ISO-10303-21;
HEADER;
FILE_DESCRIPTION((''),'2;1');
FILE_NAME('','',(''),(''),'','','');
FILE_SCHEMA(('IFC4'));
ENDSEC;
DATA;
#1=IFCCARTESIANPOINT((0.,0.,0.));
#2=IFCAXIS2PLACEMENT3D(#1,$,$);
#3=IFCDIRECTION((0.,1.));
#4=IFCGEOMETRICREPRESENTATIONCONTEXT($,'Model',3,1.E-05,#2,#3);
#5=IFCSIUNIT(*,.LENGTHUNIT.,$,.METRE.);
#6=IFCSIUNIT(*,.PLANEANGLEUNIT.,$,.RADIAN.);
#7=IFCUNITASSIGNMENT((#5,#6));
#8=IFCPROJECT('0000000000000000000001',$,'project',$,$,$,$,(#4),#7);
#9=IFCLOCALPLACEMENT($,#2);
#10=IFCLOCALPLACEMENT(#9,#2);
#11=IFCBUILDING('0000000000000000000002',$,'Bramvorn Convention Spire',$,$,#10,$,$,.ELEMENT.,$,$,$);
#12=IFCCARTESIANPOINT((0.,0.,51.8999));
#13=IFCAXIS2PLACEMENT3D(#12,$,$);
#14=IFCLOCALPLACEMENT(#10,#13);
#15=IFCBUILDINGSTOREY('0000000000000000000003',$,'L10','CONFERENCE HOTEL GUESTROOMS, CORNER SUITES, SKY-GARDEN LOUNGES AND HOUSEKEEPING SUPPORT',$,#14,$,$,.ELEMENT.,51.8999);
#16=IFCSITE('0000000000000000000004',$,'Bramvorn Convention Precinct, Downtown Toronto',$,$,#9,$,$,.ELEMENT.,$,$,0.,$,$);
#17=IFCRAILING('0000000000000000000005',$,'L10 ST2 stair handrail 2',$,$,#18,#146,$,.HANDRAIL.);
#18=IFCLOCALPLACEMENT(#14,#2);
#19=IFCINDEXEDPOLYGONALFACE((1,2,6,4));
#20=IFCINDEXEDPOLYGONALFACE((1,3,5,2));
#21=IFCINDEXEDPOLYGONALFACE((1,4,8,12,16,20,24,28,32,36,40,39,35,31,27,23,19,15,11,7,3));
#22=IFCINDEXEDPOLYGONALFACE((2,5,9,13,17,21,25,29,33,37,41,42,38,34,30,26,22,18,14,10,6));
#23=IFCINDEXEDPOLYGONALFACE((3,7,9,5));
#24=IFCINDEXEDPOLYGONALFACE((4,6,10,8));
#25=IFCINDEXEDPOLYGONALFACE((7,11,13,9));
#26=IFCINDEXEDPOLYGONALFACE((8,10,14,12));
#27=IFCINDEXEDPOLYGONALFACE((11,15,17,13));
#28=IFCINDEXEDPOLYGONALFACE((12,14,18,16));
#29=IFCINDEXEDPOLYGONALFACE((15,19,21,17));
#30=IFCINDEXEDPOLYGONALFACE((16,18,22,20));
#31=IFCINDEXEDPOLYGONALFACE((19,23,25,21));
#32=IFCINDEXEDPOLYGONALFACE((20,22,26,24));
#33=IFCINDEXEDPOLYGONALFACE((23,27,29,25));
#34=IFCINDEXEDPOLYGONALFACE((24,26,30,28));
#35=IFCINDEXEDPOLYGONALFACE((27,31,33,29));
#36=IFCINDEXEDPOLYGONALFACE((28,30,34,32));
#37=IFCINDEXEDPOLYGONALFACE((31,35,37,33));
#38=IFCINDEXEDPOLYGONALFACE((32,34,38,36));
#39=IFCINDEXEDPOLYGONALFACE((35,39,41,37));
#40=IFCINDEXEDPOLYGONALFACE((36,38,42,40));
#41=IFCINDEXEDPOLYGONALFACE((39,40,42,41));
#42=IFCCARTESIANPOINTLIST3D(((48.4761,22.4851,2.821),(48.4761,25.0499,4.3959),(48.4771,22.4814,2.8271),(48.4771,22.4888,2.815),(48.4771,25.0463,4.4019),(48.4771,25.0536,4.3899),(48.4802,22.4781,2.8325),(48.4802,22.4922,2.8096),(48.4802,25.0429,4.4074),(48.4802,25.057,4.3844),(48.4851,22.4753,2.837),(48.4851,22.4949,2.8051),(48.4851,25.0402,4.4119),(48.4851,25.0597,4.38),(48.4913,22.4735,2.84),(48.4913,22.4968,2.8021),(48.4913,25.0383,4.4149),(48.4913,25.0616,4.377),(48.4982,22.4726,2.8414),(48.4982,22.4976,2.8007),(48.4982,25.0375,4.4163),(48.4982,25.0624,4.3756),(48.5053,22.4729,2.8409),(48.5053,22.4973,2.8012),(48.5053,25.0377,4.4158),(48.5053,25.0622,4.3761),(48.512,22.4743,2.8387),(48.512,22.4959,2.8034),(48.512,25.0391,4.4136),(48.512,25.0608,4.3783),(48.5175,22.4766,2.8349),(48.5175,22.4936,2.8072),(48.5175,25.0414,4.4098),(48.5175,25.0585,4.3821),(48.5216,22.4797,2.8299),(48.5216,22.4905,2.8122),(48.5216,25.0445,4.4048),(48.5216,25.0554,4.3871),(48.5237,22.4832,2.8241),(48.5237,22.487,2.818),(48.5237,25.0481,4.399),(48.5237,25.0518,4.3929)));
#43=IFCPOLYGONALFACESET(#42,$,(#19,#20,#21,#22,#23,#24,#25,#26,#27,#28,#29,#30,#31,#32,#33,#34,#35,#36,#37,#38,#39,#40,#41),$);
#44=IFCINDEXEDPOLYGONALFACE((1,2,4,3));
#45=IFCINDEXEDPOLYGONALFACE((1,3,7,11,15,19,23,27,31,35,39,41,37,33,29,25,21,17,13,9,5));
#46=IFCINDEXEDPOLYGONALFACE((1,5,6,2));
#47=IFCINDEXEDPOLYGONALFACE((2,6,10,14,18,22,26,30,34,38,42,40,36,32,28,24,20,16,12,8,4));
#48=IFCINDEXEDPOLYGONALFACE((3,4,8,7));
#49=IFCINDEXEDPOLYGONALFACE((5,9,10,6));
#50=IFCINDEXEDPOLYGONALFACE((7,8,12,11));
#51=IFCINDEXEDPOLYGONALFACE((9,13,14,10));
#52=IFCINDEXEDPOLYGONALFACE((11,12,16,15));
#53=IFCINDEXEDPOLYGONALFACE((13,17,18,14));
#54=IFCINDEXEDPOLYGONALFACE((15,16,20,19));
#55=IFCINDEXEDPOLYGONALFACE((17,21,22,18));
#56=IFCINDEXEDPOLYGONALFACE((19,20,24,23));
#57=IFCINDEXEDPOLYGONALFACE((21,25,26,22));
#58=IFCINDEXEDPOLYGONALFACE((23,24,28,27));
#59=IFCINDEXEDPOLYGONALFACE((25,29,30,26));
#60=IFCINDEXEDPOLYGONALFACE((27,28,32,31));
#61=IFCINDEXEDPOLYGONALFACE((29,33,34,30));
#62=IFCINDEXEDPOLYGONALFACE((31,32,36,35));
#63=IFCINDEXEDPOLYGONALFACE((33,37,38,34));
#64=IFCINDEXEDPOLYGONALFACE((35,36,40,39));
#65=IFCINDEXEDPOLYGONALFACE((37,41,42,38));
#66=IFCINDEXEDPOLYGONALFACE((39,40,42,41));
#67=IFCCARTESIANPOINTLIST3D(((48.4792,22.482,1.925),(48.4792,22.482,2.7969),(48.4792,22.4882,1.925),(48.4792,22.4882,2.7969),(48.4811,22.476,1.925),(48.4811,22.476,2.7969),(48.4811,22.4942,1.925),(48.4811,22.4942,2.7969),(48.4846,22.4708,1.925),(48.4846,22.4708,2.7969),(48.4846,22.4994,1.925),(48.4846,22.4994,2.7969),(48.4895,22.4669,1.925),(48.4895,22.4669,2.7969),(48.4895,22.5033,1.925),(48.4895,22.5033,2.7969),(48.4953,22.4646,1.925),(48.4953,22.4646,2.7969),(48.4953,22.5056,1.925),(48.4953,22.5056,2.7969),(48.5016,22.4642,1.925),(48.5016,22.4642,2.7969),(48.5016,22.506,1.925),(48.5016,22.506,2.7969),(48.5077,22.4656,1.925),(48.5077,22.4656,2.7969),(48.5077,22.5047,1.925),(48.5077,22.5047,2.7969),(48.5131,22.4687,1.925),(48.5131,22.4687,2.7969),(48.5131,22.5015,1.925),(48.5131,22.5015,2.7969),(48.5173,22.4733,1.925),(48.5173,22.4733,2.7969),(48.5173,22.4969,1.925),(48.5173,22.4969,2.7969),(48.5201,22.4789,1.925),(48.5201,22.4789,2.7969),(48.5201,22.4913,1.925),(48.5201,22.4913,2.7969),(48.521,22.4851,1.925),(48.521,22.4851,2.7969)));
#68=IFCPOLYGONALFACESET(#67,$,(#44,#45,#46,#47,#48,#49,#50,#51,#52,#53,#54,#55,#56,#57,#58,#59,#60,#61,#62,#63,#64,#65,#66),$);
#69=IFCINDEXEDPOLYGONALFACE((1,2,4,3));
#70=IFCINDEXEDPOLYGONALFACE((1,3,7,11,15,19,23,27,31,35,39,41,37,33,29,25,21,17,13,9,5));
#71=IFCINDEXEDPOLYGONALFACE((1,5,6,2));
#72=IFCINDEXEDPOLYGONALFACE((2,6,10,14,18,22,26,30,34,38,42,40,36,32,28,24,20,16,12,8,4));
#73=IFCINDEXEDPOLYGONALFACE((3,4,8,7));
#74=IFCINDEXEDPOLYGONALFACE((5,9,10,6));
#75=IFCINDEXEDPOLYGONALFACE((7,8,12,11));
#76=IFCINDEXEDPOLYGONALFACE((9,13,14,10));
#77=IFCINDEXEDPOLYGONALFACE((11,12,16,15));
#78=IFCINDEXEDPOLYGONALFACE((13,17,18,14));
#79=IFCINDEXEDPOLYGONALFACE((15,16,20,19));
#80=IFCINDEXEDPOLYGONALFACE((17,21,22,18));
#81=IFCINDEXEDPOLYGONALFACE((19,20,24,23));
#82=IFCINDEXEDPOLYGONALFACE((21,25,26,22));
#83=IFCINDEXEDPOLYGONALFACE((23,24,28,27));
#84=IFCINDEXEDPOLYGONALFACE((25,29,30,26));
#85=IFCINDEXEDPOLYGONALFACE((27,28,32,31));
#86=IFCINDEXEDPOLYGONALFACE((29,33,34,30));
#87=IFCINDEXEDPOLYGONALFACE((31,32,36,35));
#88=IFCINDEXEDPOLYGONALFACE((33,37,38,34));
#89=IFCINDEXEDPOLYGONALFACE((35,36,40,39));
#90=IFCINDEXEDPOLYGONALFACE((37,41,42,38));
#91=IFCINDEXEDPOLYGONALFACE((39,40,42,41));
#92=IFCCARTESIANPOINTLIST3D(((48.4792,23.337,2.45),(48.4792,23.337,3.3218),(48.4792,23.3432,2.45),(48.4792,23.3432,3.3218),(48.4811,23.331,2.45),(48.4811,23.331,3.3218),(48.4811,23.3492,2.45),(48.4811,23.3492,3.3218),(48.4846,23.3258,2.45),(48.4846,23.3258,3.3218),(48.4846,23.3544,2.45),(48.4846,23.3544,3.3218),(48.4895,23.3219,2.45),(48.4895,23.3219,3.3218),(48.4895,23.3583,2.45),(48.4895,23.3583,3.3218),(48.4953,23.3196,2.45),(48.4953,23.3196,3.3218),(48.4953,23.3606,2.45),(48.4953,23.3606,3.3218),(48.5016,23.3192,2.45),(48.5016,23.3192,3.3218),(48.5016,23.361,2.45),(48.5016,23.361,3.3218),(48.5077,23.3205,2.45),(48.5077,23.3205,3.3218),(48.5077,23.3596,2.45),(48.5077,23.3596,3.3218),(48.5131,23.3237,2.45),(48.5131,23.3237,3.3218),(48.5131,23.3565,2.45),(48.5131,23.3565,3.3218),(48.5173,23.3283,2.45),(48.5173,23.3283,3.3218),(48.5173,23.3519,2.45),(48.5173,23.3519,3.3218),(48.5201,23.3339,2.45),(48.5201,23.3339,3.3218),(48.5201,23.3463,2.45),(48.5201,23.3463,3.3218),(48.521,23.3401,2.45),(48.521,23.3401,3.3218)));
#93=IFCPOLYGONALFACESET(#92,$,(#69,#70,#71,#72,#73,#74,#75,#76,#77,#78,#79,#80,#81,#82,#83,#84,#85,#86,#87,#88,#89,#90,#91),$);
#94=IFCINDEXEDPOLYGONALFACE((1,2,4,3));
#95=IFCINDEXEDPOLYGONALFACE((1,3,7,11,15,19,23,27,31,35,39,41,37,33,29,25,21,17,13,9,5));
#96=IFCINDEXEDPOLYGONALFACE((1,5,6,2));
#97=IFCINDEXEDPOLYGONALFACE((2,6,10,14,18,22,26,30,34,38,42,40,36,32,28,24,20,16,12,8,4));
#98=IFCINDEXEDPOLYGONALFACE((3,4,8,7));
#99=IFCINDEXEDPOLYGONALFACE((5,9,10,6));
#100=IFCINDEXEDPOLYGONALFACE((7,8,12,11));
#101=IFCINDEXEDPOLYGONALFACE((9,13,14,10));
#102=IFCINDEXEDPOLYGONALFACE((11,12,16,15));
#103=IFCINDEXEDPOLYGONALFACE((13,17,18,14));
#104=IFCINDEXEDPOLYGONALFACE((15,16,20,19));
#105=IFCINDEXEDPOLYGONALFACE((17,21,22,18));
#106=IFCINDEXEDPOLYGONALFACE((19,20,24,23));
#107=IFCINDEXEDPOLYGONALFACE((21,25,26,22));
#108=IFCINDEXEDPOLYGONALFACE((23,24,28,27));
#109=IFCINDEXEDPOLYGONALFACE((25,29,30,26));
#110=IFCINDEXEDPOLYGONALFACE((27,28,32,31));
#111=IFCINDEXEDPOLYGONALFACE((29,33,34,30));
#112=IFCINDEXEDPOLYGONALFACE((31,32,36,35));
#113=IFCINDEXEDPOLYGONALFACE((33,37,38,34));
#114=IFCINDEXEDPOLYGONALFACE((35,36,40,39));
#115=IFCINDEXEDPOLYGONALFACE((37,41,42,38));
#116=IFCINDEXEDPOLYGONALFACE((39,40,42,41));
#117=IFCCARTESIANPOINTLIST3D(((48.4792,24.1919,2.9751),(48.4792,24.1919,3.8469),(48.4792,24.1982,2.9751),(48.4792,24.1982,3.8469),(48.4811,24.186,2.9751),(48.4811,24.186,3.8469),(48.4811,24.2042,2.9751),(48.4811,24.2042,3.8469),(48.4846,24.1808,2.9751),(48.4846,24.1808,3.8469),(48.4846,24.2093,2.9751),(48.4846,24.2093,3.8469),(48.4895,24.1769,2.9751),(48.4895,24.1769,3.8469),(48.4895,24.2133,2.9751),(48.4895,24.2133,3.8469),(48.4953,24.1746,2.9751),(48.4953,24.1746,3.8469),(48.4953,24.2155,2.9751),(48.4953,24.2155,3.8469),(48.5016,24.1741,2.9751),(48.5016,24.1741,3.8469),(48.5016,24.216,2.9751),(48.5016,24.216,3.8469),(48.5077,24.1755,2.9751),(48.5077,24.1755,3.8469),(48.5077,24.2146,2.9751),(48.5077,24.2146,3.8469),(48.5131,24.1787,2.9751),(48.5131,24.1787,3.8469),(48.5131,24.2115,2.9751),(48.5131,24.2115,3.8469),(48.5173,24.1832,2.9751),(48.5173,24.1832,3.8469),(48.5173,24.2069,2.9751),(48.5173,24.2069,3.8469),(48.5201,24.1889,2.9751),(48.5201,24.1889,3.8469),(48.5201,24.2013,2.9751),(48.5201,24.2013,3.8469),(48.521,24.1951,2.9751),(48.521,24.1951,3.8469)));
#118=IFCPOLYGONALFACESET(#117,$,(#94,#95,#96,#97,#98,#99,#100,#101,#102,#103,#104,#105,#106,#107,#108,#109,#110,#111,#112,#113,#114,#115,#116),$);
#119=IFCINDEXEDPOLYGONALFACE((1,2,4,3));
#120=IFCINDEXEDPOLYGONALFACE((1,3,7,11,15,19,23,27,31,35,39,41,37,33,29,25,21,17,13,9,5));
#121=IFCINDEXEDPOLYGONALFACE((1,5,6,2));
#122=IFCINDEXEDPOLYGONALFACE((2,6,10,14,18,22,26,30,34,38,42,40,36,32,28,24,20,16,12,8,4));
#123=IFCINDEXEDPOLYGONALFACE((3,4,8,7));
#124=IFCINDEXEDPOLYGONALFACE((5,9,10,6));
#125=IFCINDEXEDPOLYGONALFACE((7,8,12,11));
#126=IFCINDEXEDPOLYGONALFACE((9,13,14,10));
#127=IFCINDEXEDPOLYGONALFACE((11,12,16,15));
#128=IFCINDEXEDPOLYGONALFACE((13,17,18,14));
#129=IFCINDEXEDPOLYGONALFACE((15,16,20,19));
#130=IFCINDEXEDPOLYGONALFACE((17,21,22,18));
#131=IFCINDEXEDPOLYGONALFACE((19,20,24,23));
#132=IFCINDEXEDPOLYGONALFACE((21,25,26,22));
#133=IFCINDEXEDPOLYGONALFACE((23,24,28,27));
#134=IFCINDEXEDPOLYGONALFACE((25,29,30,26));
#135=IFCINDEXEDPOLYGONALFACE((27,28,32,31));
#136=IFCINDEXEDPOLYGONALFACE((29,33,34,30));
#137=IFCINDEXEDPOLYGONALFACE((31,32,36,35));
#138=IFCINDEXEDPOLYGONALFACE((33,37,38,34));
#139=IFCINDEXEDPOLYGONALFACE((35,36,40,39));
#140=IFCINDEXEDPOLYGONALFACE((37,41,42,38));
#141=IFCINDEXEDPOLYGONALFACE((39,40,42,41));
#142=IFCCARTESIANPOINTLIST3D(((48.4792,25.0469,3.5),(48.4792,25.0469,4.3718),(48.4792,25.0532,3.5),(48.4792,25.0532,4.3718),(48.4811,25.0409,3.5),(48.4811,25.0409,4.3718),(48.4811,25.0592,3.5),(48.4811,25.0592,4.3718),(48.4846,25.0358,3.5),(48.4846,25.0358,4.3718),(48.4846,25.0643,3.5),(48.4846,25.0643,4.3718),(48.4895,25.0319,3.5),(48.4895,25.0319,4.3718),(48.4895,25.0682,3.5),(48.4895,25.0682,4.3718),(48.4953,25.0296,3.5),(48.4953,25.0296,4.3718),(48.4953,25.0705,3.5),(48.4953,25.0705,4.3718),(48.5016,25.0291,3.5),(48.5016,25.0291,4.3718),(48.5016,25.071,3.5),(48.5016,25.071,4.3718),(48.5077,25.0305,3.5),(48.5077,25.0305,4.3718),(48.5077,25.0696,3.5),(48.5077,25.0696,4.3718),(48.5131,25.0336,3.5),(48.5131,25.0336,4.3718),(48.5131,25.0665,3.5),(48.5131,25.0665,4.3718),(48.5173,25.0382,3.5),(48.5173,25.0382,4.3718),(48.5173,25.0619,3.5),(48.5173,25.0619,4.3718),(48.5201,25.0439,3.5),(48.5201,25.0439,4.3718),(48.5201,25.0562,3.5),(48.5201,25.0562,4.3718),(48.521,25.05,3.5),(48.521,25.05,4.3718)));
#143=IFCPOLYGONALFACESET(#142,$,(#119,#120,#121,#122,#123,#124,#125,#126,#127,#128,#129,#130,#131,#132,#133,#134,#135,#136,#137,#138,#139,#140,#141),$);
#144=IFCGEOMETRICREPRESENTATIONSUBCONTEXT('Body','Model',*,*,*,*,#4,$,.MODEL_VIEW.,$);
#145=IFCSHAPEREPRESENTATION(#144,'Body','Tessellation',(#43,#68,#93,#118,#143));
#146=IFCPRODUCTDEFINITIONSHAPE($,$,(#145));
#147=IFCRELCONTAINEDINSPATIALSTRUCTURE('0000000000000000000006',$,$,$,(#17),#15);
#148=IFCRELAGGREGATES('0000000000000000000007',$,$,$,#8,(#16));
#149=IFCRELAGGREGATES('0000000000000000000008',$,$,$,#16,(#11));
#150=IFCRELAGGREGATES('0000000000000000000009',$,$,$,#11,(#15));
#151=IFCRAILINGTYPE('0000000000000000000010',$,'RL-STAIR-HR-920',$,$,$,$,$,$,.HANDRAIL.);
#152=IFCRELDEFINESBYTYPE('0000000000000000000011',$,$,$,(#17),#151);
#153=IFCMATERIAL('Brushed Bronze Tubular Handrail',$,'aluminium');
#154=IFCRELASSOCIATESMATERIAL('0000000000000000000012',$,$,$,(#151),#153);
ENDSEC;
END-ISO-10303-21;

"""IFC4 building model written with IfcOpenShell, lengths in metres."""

from ifc_helpers import new_model, si_unit, direction, frame, origin, origin_2d, place, context, subcontext, project, spatial, circle, extrude, material, type_object, element, save


model = new_model("IFC4")

# Units and contexts
model_context = context("Model", 3, precision=1e-05, world=origin(), true_north=direction((0.0, 1.0)))
body_context = subcontext(model_context, "Body", "Model", "MODEL_VIEW")
ifc_project = project(units=[si_unit("LENGTHUNIT", "METRE"), si_unit("PLANEANGLEUNIT", "RADIAN")], contexts=[model_context])

# Site, building, storey
site_placement = place(None, origin())
site = spatial("IfcSite", under=ifc_project, at=site_placement, Name="Bramvorn Convention Precinct, Downtown Toronto", CompositionType="ELEMENT", RefElevation=0.0)
building_placement = place(site_placement, origin())
building = spatial("IfcBuilding", under=site, at=building_placement, Name="Bramvorn Convention Spire", CompositionType="ELEMENT")
storey_placement = place(building_placement, frame((0.0, 0.0, 51.8999)))
storey = spatial("IfcBuildingStorey", under=building, at=storey_placement, Name="L10", Description="CONFERENCE HOTEL GUESTROOMS, CORNER SUITES, SKY-GARDEN LOUNGES AND HOUSEKEEPING SUPPORT", CompositionType="ELEMENT", Elevation=51.8999)

# Railing
ifc_material_1 = material(Name="Brushed Bronze Tubular Handrail", Category="aluminium")
railing_type_1 = type_object("IfcRailingType", Name="RL-STAIR-HR-920", PredefinedType="HANDRAIL", material=ifc_material_1)
railing_1_placement = place(storey_placement, frame((48.5, 22.4851, 1.925)))
element("IfcRailing", 1, at=railing_1_placement, inside=storey, type_object=railing_type_1, Name="L10 ST2 stair handrail 2", PredefinedType="HANDRAIL", context=body_context, shape_type="SweptSolid", body=[
    extrude(circle(Radius=0.0239, at=origin_2d()), frame((0.0, 0.0, 0.896), z_axis=(0.0, 0.852173, 0.52326), x_axis=(-1.0, 0.0, 0.0)), (0.0, 0.0, 1.0), 3.0098),
    extrude(circle(Radius=0.021, at=origin_2d()), origin(), (0.0, 0.0, 1.0), 0.8718),
    extrude(circle(Radius=0.021, at=origin_2d()), frame((0.0, 0.855, 0.5249)), (0.0, 0.0, 1.0), 0.8718),
    extrude(circle(Radius=0.021, at=origin_2d()), frame((0.0, 1.71, 1.05)), (0.0, 0.0, 1.0), 0.8718),
    extrude(circle(Radius=0.021, at=origin_2d()), frame((0.0, 2.5649, 1.575)), (0.0, 0.0, 1.0), 0.8718),
])

save(model, "model.ifc")
